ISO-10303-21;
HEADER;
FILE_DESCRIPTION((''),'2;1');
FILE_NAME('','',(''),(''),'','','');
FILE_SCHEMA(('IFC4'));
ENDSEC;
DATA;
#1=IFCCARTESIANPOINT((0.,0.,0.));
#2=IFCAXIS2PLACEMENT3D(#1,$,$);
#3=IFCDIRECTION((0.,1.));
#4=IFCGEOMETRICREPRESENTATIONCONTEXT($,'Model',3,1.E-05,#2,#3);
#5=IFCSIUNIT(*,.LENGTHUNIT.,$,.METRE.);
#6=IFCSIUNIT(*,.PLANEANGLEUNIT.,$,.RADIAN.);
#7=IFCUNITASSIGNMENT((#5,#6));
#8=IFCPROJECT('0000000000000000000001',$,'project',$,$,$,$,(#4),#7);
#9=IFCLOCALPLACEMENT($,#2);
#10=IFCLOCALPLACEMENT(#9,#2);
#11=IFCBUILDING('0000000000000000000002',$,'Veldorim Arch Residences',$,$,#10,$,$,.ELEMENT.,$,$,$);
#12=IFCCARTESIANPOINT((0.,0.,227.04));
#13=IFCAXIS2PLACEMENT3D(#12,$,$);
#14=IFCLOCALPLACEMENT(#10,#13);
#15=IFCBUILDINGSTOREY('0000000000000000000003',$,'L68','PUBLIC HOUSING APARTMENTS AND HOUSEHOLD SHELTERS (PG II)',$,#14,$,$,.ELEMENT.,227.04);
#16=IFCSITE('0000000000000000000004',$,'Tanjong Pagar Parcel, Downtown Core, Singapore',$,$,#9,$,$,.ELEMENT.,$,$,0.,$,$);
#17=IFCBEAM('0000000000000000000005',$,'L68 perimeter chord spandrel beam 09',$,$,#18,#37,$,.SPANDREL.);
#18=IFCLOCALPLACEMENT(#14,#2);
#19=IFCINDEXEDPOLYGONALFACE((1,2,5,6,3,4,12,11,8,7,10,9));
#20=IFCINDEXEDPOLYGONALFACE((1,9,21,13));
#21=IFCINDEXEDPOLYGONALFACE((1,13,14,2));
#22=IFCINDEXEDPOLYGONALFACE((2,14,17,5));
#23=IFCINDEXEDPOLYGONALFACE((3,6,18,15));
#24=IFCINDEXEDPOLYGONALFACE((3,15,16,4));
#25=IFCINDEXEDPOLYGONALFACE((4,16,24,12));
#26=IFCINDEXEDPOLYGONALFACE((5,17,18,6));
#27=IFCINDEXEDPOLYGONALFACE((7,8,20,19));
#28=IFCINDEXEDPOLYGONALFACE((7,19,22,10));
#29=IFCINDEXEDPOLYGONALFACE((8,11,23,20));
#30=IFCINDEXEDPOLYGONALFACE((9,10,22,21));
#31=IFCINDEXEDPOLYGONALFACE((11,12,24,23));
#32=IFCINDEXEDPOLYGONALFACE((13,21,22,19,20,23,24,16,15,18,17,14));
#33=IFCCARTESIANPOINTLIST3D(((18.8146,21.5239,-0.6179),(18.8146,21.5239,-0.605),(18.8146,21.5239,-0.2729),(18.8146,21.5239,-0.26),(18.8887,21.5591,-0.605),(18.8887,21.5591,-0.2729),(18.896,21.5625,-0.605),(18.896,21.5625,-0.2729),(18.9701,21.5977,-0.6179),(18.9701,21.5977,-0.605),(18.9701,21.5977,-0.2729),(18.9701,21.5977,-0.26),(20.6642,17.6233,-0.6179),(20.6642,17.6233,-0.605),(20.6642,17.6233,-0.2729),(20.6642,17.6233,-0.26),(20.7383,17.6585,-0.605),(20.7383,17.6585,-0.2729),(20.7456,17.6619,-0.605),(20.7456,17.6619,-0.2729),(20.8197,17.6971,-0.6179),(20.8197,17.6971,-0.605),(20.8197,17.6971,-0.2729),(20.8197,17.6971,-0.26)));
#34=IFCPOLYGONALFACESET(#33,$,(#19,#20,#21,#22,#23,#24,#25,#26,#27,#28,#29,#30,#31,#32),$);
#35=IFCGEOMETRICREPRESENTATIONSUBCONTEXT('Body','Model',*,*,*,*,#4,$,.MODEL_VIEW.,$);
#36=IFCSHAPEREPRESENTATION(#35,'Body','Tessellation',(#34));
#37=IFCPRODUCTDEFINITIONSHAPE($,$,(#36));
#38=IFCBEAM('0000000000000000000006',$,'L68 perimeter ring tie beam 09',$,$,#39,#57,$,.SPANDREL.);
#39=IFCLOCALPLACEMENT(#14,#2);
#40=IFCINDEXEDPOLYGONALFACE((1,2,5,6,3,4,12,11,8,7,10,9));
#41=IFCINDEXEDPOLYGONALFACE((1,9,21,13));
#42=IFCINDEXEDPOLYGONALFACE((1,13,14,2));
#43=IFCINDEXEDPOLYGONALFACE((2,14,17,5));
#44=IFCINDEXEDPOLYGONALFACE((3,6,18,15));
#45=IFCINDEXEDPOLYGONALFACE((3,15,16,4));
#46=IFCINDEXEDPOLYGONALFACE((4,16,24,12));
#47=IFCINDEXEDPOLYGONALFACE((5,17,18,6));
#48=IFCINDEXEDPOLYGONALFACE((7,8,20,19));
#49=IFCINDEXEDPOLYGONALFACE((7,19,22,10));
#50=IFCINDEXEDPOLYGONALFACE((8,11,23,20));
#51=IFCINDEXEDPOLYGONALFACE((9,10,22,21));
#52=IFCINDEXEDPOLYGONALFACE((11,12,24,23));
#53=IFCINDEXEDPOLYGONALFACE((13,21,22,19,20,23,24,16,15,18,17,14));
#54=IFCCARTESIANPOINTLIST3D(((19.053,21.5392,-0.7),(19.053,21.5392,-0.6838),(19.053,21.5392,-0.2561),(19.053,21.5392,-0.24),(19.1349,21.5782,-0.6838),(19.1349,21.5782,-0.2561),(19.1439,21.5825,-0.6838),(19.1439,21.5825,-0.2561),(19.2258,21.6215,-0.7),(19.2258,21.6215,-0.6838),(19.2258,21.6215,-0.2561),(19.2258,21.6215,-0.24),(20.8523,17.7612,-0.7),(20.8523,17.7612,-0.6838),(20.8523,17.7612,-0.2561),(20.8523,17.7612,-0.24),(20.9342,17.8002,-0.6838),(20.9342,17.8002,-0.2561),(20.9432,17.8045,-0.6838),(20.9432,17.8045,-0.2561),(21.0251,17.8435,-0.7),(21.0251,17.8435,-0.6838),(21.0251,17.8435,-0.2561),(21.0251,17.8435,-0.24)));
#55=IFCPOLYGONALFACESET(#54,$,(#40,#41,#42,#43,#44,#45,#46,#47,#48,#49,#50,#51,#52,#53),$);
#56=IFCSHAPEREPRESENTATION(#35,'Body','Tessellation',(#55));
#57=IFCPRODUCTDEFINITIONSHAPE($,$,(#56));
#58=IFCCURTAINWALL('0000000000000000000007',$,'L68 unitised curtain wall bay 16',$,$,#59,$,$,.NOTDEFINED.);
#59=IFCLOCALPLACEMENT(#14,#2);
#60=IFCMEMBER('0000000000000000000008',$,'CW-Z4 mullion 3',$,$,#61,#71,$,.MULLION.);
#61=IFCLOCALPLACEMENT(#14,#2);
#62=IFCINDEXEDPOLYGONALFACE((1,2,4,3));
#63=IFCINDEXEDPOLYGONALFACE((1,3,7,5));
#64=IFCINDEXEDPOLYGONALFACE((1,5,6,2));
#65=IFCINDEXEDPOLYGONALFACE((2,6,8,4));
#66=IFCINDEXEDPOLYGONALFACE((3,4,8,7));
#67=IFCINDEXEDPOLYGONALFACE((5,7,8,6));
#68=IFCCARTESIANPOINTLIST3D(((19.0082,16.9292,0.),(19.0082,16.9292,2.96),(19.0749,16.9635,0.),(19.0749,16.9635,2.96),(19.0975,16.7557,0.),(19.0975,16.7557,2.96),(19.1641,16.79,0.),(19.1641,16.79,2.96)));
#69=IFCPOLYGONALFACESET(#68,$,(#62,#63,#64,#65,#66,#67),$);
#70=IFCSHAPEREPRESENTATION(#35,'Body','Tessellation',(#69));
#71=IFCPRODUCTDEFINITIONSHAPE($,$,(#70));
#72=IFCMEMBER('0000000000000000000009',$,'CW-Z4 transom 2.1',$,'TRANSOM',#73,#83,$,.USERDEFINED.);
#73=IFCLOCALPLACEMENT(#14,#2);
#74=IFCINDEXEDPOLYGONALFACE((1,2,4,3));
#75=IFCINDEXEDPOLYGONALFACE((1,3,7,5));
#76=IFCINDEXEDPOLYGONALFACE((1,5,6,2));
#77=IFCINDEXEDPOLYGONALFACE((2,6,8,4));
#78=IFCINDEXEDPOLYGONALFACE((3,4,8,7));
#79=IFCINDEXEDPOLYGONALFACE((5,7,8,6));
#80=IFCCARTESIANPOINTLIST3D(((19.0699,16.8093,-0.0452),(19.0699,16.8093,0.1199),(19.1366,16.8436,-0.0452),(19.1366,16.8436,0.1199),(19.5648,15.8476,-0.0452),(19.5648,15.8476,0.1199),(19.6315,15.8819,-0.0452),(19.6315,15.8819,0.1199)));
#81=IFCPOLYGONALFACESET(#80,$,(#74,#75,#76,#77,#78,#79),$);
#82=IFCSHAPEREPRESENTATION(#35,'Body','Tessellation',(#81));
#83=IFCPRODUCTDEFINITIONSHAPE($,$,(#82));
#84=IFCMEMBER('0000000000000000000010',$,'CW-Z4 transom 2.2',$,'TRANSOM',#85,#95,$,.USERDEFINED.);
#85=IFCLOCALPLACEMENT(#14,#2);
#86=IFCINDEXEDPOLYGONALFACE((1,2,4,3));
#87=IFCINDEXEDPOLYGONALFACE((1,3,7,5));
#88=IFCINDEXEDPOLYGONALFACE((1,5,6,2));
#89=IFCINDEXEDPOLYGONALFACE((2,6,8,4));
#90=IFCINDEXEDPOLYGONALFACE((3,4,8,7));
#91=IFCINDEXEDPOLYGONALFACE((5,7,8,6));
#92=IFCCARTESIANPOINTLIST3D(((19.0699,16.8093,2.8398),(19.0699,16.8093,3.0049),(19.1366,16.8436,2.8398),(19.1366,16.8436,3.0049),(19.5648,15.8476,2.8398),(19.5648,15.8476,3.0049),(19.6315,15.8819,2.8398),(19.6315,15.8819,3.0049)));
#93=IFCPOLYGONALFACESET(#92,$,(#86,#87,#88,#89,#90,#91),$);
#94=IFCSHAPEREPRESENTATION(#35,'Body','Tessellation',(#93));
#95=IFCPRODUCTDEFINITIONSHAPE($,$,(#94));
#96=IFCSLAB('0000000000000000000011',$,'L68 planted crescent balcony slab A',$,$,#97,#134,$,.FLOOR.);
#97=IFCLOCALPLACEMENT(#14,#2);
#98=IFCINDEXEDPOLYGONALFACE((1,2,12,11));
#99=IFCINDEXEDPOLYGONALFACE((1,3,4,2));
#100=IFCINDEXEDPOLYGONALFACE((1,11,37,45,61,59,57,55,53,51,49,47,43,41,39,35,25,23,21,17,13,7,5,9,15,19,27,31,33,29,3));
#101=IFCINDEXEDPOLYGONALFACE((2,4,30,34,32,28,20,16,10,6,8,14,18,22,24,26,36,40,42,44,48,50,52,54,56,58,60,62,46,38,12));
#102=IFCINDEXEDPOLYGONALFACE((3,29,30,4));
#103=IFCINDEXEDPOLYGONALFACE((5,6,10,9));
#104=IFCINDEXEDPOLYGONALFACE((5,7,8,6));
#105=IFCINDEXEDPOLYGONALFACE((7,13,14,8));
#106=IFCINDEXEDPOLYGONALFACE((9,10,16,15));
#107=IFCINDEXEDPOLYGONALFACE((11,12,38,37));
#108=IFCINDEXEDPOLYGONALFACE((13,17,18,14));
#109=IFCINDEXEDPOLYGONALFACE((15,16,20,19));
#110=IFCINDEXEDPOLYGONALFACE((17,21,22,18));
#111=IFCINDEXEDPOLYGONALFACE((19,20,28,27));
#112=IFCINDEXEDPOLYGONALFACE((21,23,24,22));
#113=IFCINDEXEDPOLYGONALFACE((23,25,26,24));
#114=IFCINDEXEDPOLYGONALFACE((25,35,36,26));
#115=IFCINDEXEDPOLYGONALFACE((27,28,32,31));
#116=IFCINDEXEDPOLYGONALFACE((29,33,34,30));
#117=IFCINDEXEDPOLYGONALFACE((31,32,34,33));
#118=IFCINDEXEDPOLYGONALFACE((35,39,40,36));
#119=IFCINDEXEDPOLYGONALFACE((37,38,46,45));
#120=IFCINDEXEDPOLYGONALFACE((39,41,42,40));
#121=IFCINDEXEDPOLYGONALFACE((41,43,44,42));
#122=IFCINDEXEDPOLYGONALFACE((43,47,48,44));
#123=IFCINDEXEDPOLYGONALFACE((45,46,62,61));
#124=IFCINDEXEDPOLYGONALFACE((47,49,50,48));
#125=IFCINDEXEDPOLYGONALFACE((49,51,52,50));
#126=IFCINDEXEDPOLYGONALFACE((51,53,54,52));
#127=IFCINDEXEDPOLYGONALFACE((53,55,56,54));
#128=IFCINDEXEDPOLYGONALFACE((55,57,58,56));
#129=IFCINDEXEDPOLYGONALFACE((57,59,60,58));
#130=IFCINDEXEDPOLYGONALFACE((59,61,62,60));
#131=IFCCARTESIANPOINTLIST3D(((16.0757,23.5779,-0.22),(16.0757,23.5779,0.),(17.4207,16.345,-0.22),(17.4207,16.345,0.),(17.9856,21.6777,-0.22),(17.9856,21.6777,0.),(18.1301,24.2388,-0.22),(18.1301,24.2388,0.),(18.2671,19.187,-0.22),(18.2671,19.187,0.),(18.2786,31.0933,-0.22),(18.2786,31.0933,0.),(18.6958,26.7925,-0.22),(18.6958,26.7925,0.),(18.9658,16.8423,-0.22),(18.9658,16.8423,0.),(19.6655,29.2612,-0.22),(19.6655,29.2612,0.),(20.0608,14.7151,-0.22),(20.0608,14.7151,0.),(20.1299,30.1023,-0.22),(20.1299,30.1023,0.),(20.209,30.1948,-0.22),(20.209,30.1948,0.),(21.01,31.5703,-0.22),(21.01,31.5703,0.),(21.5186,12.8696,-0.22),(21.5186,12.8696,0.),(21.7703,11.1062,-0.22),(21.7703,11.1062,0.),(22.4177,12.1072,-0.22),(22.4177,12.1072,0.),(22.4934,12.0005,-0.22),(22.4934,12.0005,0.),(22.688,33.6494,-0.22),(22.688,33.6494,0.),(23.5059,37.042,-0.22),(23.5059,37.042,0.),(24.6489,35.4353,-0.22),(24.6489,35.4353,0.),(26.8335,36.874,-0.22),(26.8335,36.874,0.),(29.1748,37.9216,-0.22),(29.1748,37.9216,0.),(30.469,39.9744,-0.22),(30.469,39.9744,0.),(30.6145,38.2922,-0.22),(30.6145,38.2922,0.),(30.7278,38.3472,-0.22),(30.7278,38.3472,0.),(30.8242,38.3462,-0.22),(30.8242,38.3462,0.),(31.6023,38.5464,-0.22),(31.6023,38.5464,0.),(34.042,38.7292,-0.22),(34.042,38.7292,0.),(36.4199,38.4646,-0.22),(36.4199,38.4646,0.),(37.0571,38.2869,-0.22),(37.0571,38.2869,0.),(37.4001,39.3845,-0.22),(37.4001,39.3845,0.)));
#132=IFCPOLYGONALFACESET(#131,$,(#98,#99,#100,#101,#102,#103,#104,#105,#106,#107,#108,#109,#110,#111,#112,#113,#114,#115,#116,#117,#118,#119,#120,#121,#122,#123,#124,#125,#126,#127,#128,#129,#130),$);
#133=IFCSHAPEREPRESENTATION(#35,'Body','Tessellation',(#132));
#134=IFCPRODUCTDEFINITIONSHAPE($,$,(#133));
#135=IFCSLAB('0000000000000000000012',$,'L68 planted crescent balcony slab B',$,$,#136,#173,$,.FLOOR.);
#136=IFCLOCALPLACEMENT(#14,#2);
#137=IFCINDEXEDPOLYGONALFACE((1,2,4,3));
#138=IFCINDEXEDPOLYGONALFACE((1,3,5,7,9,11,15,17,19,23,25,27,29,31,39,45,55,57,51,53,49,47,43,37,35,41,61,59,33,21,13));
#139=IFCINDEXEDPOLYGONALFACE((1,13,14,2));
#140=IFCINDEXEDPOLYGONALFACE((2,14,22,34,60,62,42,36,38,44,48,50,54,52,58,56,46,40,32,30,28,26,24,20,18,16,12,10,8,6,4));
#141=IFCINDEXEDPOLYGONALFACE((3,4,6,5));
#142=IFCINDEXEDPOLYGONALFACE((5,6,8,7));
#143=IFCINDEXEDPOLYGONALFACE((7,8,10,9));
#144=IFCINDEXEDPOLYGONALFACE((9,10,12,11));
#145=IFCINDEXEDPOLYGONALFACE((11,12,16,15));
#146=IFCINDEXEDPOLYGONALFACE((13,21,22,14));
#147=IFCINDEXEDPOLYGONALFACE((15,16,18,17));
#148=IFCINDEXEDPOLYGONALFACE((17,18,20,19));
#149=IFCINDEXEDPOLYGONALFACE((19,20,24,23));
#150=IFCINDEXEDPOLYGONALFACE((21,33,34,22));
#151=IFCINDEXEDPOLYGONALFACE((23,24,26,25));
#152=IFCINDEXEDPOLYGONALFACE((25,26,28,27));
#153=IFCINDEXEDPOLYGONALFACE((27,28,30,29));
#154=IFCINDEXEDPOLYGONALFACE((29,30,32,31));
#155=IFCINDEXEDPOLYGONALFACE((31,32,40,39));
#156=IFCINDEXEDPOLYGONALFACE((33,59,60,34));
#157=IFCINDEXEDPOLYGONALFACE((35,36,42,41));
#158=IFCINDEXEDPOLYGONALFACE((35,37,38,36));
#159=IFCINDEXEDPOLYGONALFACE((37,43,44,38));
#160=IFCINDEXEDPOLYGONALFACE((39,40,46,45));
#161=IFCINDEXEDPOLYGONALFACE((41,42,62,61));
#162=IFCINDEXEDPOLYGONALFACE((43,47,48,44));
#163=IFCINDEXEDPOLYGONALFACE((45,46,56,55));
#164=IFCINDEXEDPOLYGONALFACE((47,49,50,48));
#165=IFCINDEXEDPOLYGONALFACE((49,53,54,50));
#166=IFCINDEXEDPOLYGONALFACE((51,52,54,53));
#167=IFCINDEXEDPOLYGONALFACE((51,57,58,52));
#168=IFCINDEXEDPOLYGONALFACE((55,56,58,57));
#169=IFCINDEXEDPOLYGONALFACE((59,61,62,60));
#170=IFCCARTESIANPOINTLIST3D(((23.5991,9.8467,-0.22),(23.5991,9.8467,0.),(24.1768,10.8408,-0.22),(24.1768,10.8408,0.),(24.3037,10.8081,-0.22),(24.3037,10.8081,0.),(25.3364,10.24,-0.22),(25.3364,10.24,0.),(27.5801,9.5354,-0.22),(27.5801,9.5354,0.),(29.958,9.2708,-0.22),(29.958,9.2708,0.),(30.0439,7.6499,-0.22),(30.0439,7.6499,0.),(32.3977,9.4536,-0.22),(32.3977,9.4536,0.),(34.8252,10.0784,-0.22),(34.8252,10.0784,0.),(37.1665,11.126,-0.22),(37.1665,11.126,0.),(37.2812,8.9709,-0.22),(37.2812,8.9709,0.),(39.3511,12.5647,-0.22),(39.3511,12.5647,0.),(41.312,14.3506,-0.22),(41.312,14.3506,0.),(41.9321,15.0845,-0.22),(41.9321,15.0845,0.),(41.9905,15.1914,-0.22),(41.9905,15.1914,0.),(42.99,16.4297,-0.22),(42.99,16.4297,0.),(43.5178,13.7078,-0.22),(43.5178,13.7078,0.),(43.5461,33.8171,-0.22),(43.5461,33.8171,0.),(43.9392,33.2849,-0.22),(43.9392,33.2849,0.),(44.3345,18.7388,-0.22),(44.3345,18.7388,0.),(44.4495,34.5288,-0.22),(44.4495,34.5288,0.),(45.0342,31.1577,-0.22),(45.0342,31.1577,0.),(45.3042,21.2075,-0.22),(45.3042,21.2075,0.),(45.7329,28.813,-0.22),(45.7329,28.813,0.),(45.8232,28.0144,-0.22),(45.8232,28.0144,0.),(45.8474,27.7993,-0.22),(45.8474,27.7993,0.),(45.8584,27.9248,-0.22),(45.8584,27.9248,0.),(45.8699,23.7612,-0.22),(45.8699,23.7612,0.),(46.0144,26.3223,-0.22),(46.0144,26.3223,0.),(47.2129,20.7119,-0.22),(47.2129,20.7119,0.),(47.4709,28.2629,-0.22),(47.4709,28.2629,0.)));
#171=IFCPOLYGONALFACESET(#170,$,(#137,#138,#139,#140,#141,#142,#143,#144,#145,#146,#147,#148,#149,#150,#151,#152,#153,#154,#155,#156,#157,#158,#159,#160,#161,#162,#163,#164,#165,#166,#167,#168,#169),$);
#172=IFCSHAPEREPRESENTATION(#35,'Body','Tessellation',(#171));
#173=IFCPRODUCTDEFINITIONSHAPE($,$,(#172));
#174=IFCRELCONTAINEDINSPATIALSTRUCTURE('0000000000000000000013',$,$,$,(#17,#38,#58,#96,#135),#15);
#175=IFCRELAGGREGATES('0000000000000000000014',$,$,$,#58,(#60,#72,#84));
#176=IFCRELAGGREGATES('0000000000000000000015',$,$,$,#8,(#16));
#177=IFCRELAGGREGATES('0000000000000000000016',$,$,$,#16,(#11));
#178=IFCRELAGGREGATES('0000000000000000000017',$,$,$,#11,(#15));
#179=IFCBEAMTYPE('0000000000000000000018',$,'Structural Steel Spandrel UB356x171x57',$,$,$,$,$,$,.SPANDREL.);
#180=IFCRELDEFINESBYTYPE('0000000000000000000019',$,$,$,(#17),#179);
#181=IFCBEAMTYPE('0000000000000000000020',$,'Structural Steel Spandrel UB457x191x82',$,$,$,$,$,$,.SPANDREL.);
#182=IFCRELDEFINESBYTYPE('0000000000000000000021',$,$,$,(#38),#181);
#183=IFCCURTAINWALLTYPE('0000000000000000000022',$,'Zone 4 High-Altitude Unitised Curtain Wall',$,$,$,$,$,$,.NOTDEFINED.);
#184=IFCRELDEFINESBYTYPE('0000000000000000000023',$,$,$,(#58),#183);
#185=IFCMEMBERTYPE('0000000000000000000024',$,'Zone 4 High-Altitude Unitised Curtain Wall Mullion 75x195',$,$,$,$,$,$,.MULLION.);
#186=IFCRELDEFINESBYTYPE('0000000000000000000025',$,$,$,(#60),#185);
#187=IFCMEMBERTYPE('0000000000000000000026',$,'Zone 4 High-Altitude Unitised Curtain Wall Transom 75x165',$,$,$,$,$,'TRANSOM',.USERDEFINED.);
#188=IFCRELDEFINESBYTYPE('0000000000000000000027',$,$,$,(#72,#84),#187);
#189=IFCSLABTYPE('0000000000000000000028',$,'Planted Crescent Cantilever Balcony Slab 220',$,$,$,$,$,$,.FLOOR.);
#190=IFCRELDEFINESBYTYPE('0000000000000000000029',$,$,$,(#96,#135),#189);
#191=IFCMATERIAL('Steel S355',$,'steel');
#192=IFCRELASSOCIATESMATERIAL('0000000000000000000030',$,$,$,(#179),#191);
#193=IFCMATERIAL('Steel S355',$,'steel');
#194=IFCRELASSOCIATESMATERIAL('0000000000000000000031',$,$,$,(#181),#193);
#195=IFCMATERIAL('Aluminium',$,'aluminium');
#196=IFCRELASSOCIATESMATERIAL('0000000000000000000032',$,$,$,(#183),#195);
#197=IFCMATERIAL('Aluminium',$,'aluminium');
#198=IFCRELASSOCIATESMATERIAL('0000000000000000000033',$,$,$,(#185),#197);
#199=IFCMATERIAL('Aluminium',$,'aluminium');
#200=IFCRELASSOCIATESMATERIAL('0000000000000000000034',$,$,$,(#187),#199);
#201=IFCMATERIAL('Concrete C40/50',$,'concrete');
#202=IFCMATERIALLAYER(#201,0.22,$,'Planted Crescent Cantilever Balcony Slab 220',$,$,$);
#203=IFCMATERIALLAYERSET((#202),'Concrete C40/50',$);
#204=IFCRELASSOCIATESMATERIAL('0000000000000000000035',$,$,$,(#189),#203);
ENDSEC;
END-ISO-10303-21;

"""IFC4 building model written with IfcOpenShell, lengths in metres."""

from ifc_helpers import new_model, si_unit, direction, frame, origin, origin_2d, place, context, subcontext, project, spatial, polyline, rectangle, i_section, outline, extrude, material, layer, layer_set, material_profile, profile_set, type_object, element, aggregate, save


model = new_model("IFC4")

# Units and contexts
model_context = context("Model", 3, precision=1e-05, world=origin(), true_north=direction((0.0, 1.0)))
body_context = subcontext(model_context, "Body", "Model", "MODEL_VIEW")
ifc_project = project(units=[si_unit("LENGTHUNIT", "METRE"), si_unit("PLANEANGLEUNIT", "RADIAN")], contexts=[model_context])

# Site, building, storey
site_placement = place(None, origin())
site = spatial("IfcSite", under=ifc_project, at=site_placement, Name="Tanjong Pagar Parcel, Downtown Core, Singapore", CompositionType="ELEMENT", RefElevation=0.0)
building_placement = place(site_placement, origin())
building = spatial("IfcBuilding", under=site, at=building_placement, Name="Veldorim Arch Residences", CompositionType="ELEMENT")
storey_placement = place(building_placement, frame((0.0, 0.0, 227.04)))
storey = spatial("IfcBuildingStorey", under=building, at=storey_placement, Name="L68", Description="PUBLIC HOUSING APARTMENTS AND HOUSEHOLD SHELTERS (PG II)", CompositionType="ELEMENT", Elevation=227.04)

# Beams
ifc_material_1 = material(Name="Steel S355", Category="steel")
ifc_material_profile_1 = material_profile(ifc_material_1, i_section(OverallWidth=0.1721, OverallDepth=0.3579, WebThickness=0.0081, FlangeThickness=0.0129, at=origin_2d()), Name="UB356x171x57")
ifc_profile_set_1 = profile_set([ifc_material_profile_1], Name="Steel S355")
beam_type_1 = type_object("IfcBeamType", Name="Structural Steel Spandrel UB356x171x57", PredefinedType="SPANDREL", material=ifc_profile_set_1)
beam_1_placement = place(storey_placement, frame((18.8923, 21.5608, -0.439), z_axis=(0.428453, -0.903564, 0.0), x_axis=(0.903564, 0.428453, 0.0)))
element("IfcBeam", 1, at=beam_1_placement, inside=storey, type_object=beam_type_1, Name="L68 perimeter chord spandrel beam 09", PredefinedType="SPANDREL", context=body_context, shape_type="SweptSolid", body=[
    extrude(i_section(OverallWidth=0.1721, OverallDepth=0.3579, WebThickness=0.0081, FlangeThickness=0.0129, at=origin_2d()), origin(), (0.0, 0.0, 1.0), 4.3169),
])
ifc_material_2 = material(Name="Steel S355", Category="steel")
ifc_material_profile_2 = material_profile(ifc_material_2, i_section(OverallWidth=0.1914, OverallDepth=0.46, WebThickness=0.01, FlangeThickness=0.0161, at=origin_2d()), Name="UB457x191x82")
ifc_profile_set_2 = profile_set([ifc_material_profile_2], Name="Steel S355")
beam_type_2 = type_object("IfcBeamType", Name="Structural Steel Spandrel UB457x191x82", PredefinedType="SPANDREL", material=ifc_profile_set_2)
beam_2_placement = place(storey_placement, frame((19.1394, 21.5803, -0.47), z_axis=(0.429979, -0.902839, 0.0), x_axis=(0.902839, 0.429979, 0.0)))
element("IfcBeam", 2, at=beam_2_placement, inside=storey, type_object=beam_type_2, Name="L68 perimeter ring tie beam 09", PredefinedType="SPANDREL", context=body_context, shape_type="SweptSolid", body=[
    extrude(i_section(OverallWidth=0.1914, OverallDepth=0.46, WebThickness=0.01, FlangeThickness=0.0161, at=origin_2d()), origin(), (0.0, 0.0, 1.0), 4.1846),
])

# Curtain wall, members
ifc_material_3 = material(Name="Aluminium", Category="aluminium")
curtain_wall_type = type_object("IfcCurtainWallType", Name="Zone 4 High-Altitude Unitised Curtain Wall", PredefinedType="NOTDEFINED", material=ifc_material_3)
curtain_wall_placement = place(storey_placement, origin())
curtain_wall = element("IfcCurtainWall", 3, at=curtain_wall_placement, inside=storey, type_object=curtain_wall_type, Name="L68 unitised curtain wall bay 16", PredefinedType="NOTDEFINED")
ifc_material_4 = material(Name="Aluminium", Category="aluminium")
ifc_material_profile_3 = material_profile(ifc_material_4, rectangle(XDim=0.075, YDim=0.1951, at=origin_2d()), Name="ALU_MUL_75x195")
ifc_profile_set_3 = profile_set([ifc_material_profile_3], Name="Aluminium")
member_type_1 = type_object("IfcMemberType", Name="Zone 4 High-Altitude Unitised Curtain Wall Mullion 75x195", PredefinedType="MULLION", material=ifc_profile_set_3)
member_1_placement = place(storey_placement, frame((19.0862, 16.8596, 0.0), z_axis=(0.0, 0.0, 1.0), x_axis=(-0.889131, -0.457653, 0.0)))
member_1 = element("IfcMember", 4, at=member_1_placement, type_object=member_type_1, Name="CW-Z4 mullion 3", PredefinedType="MULLION", context=body_context, shape_type="SweptSolid", body=[
    extrude(rectangle(XDim=0.075, YDim=0.1951, at=origin_2d()), origin(), (0.0, 0.0, 1.0), 2.96),
])
ifc_material_5 = material(Name="Aluminium", Category="aluminium")
ifc_material_profile_4 = material_profile(ifc_material_5, rectangle(XDim=0.075, YDim=0.165, at=origin_2d()), Name="ALU_TRN_75x165")
ifc_profile_set_4 = profile_set([ifc_material_profile_4], Name="Aluminium")
member_type_2 = type_object("IfcMemberType", Name="Zone 4 High-Altitude Unitised Curtain Wall Transom 75x165", ElementType="TRANSOM", PredefinedType="USERDEFINED", material=ifc_profile_set_4)
member_2_placement = place(storey_placement, frame((19.5981, 15.8647, 0.0374), z_axis=(-0.457567, 0.889175, 0.0), x_axis=(-0.889175, -0.457567, 0.0)))
member_2 = element("IfcMember", 5, at=member_2_placement, type_object=member_type_2, Name="CW-Z4 transom 2.1", ObjectType="TRANSOM", PredefinedType="USERDEFINED", context=body_context, shape_type="SweptSolid", body=[
    extrude(rectangle(XDim=0.075, YDim=0.165, at=origin_2d()), origin(), (0.0, 0.0, 1.0), 1.0815),
])
member_3_placement = place(storey_placement, frame((19.5981, 15.8647, 2.9224), z_axis=(-0.457567, 0.889175, 0.0), x_axis=(-0.889175, -0.457567, 0.0)))
member_3 = element("IfcMember", 6, at=member_3_placement, type_object=member_type_2, Name="CW-Z4 transom 2.2", ObjectType="TRANSOM", PredefinedType="USERDEFINED", context=body_context, shape_type="SweptSolid", body=[
    extrude(rectangle(XDim=0.075, YDim=0.165, at=origin_2d()), origin(), (0.0, 0.0, 1.0), 1.0815),
])

# Slabs
ifc_material_6 = material(Name="Concrete C40/50", Category="concrete")
ifc_layer_1 = layer(ifc_material_6, 0.22, Name="Planted Crescent Cantilever Balcony Slab 220")
ifc_layer_set_1 = layer_set([ifc_layer_1], Name="Concrete C40/50")
slab_type_1 = type_object("IfcSlabType", Name="Planted Crescent Cantilever Balcony Slab 220", PredefinedType="FLOOR", material=ifc_layer_set_1)
slab_1_placement = place(storey_placement, frame((0.0, 0.0, -0.22)))
element("IfcSlab", 7, at=slab_1_placement, inside=storey, type_object=slab_type_1, Name="L68 planted crescent balcony slab A", PredefinedType="FLOOR", context=body_context, shape_type="SweptSolid", body=[
    extrude(outline(polyline([(37.0571, 38.2869), (36.4199, 38.4646), (34.042, 38.7292), (31.6023, 38.5464), (30.8242, 38.3462), (30.7278, 38.3472), (30.6145, 38.2922), (29.1748, 37.9216), (26.8335, 36.874), (24.6489, 35.4353), (22.688, 33.6494), (21.01, 31.5703), (20.209, 30.1948), (20.1299, 30.1023), (19.6655, 29.2612), (18.6958, 26.7925), (18.1301, 24.2388), (17.9856, 21.6777), (18.2671, 19.187), (18.9658, 16.8423), (20.0608, 14.7151), (21.5186, 12.8696), (22.4177, 12.1072), (22.4934, 12.0005), (21.7703, 11.1062), (17.4207, 16.345), (16.0757, 23.5779), (18.2786, 31.0933), (23.5059, 37.042), (30.469, 39.9744), (37.4001, 39.3845), (37.0571, 38.2869)])), origin(), (0.0, 0.0, 1.0), 0.22),
])
slab_2_placement = place(storey_placement, frame((0.0, 0.0, -0.22)))
element("IfcSlab", 8, at=slab_2_placement, inside=storey, type_object=slab_type_1, Name="L68 planted crescent balcony slab B", PredefinedType="FLOOR", context=body_context, shape_type="SweptSolid", body=[
    extrude(outline(polyline([(24.3037, 10.8081), (25.3364, 10.24), (27.5801, 9.5354), (29.958, 9.2708), (32.3977, 9.4536), (34.8252, 10.0784), (37.1665, 11.126), (39.3511, 12.5647), (41.312, 14.3506), (41.9321, 15.0845), (41.9905, 15.1914), (42.99, 16.4297), (44.3345, 18.7388), (45.3042, 21.2075), (45.8699, 23.7612), (46.0144, 26.3223), (45.8474, 27.7993), (45.8584, 27.9248), (45.8232, 28.0144), (45.7329, 28.813), (45.0342, 31.1577), (43.9392, 33.2849), (43.5461, 33.8171), (44.4495, 34.5288), (47.4709, 28.2629), (47.2129, 20.7119), (43.5178, 13.7078), (37.2812, 8.9709), (30.0439, 7.6499), (23.5991, 9.8467), (24.1768, 10.8408), (24.3037, 10.8081)])), origin(), (0.0, 0.0, 1.0), 0.22),
])

aggregate(curtain_wall, [member_1, member_2, member_3])

save(model, "model.ifc")
